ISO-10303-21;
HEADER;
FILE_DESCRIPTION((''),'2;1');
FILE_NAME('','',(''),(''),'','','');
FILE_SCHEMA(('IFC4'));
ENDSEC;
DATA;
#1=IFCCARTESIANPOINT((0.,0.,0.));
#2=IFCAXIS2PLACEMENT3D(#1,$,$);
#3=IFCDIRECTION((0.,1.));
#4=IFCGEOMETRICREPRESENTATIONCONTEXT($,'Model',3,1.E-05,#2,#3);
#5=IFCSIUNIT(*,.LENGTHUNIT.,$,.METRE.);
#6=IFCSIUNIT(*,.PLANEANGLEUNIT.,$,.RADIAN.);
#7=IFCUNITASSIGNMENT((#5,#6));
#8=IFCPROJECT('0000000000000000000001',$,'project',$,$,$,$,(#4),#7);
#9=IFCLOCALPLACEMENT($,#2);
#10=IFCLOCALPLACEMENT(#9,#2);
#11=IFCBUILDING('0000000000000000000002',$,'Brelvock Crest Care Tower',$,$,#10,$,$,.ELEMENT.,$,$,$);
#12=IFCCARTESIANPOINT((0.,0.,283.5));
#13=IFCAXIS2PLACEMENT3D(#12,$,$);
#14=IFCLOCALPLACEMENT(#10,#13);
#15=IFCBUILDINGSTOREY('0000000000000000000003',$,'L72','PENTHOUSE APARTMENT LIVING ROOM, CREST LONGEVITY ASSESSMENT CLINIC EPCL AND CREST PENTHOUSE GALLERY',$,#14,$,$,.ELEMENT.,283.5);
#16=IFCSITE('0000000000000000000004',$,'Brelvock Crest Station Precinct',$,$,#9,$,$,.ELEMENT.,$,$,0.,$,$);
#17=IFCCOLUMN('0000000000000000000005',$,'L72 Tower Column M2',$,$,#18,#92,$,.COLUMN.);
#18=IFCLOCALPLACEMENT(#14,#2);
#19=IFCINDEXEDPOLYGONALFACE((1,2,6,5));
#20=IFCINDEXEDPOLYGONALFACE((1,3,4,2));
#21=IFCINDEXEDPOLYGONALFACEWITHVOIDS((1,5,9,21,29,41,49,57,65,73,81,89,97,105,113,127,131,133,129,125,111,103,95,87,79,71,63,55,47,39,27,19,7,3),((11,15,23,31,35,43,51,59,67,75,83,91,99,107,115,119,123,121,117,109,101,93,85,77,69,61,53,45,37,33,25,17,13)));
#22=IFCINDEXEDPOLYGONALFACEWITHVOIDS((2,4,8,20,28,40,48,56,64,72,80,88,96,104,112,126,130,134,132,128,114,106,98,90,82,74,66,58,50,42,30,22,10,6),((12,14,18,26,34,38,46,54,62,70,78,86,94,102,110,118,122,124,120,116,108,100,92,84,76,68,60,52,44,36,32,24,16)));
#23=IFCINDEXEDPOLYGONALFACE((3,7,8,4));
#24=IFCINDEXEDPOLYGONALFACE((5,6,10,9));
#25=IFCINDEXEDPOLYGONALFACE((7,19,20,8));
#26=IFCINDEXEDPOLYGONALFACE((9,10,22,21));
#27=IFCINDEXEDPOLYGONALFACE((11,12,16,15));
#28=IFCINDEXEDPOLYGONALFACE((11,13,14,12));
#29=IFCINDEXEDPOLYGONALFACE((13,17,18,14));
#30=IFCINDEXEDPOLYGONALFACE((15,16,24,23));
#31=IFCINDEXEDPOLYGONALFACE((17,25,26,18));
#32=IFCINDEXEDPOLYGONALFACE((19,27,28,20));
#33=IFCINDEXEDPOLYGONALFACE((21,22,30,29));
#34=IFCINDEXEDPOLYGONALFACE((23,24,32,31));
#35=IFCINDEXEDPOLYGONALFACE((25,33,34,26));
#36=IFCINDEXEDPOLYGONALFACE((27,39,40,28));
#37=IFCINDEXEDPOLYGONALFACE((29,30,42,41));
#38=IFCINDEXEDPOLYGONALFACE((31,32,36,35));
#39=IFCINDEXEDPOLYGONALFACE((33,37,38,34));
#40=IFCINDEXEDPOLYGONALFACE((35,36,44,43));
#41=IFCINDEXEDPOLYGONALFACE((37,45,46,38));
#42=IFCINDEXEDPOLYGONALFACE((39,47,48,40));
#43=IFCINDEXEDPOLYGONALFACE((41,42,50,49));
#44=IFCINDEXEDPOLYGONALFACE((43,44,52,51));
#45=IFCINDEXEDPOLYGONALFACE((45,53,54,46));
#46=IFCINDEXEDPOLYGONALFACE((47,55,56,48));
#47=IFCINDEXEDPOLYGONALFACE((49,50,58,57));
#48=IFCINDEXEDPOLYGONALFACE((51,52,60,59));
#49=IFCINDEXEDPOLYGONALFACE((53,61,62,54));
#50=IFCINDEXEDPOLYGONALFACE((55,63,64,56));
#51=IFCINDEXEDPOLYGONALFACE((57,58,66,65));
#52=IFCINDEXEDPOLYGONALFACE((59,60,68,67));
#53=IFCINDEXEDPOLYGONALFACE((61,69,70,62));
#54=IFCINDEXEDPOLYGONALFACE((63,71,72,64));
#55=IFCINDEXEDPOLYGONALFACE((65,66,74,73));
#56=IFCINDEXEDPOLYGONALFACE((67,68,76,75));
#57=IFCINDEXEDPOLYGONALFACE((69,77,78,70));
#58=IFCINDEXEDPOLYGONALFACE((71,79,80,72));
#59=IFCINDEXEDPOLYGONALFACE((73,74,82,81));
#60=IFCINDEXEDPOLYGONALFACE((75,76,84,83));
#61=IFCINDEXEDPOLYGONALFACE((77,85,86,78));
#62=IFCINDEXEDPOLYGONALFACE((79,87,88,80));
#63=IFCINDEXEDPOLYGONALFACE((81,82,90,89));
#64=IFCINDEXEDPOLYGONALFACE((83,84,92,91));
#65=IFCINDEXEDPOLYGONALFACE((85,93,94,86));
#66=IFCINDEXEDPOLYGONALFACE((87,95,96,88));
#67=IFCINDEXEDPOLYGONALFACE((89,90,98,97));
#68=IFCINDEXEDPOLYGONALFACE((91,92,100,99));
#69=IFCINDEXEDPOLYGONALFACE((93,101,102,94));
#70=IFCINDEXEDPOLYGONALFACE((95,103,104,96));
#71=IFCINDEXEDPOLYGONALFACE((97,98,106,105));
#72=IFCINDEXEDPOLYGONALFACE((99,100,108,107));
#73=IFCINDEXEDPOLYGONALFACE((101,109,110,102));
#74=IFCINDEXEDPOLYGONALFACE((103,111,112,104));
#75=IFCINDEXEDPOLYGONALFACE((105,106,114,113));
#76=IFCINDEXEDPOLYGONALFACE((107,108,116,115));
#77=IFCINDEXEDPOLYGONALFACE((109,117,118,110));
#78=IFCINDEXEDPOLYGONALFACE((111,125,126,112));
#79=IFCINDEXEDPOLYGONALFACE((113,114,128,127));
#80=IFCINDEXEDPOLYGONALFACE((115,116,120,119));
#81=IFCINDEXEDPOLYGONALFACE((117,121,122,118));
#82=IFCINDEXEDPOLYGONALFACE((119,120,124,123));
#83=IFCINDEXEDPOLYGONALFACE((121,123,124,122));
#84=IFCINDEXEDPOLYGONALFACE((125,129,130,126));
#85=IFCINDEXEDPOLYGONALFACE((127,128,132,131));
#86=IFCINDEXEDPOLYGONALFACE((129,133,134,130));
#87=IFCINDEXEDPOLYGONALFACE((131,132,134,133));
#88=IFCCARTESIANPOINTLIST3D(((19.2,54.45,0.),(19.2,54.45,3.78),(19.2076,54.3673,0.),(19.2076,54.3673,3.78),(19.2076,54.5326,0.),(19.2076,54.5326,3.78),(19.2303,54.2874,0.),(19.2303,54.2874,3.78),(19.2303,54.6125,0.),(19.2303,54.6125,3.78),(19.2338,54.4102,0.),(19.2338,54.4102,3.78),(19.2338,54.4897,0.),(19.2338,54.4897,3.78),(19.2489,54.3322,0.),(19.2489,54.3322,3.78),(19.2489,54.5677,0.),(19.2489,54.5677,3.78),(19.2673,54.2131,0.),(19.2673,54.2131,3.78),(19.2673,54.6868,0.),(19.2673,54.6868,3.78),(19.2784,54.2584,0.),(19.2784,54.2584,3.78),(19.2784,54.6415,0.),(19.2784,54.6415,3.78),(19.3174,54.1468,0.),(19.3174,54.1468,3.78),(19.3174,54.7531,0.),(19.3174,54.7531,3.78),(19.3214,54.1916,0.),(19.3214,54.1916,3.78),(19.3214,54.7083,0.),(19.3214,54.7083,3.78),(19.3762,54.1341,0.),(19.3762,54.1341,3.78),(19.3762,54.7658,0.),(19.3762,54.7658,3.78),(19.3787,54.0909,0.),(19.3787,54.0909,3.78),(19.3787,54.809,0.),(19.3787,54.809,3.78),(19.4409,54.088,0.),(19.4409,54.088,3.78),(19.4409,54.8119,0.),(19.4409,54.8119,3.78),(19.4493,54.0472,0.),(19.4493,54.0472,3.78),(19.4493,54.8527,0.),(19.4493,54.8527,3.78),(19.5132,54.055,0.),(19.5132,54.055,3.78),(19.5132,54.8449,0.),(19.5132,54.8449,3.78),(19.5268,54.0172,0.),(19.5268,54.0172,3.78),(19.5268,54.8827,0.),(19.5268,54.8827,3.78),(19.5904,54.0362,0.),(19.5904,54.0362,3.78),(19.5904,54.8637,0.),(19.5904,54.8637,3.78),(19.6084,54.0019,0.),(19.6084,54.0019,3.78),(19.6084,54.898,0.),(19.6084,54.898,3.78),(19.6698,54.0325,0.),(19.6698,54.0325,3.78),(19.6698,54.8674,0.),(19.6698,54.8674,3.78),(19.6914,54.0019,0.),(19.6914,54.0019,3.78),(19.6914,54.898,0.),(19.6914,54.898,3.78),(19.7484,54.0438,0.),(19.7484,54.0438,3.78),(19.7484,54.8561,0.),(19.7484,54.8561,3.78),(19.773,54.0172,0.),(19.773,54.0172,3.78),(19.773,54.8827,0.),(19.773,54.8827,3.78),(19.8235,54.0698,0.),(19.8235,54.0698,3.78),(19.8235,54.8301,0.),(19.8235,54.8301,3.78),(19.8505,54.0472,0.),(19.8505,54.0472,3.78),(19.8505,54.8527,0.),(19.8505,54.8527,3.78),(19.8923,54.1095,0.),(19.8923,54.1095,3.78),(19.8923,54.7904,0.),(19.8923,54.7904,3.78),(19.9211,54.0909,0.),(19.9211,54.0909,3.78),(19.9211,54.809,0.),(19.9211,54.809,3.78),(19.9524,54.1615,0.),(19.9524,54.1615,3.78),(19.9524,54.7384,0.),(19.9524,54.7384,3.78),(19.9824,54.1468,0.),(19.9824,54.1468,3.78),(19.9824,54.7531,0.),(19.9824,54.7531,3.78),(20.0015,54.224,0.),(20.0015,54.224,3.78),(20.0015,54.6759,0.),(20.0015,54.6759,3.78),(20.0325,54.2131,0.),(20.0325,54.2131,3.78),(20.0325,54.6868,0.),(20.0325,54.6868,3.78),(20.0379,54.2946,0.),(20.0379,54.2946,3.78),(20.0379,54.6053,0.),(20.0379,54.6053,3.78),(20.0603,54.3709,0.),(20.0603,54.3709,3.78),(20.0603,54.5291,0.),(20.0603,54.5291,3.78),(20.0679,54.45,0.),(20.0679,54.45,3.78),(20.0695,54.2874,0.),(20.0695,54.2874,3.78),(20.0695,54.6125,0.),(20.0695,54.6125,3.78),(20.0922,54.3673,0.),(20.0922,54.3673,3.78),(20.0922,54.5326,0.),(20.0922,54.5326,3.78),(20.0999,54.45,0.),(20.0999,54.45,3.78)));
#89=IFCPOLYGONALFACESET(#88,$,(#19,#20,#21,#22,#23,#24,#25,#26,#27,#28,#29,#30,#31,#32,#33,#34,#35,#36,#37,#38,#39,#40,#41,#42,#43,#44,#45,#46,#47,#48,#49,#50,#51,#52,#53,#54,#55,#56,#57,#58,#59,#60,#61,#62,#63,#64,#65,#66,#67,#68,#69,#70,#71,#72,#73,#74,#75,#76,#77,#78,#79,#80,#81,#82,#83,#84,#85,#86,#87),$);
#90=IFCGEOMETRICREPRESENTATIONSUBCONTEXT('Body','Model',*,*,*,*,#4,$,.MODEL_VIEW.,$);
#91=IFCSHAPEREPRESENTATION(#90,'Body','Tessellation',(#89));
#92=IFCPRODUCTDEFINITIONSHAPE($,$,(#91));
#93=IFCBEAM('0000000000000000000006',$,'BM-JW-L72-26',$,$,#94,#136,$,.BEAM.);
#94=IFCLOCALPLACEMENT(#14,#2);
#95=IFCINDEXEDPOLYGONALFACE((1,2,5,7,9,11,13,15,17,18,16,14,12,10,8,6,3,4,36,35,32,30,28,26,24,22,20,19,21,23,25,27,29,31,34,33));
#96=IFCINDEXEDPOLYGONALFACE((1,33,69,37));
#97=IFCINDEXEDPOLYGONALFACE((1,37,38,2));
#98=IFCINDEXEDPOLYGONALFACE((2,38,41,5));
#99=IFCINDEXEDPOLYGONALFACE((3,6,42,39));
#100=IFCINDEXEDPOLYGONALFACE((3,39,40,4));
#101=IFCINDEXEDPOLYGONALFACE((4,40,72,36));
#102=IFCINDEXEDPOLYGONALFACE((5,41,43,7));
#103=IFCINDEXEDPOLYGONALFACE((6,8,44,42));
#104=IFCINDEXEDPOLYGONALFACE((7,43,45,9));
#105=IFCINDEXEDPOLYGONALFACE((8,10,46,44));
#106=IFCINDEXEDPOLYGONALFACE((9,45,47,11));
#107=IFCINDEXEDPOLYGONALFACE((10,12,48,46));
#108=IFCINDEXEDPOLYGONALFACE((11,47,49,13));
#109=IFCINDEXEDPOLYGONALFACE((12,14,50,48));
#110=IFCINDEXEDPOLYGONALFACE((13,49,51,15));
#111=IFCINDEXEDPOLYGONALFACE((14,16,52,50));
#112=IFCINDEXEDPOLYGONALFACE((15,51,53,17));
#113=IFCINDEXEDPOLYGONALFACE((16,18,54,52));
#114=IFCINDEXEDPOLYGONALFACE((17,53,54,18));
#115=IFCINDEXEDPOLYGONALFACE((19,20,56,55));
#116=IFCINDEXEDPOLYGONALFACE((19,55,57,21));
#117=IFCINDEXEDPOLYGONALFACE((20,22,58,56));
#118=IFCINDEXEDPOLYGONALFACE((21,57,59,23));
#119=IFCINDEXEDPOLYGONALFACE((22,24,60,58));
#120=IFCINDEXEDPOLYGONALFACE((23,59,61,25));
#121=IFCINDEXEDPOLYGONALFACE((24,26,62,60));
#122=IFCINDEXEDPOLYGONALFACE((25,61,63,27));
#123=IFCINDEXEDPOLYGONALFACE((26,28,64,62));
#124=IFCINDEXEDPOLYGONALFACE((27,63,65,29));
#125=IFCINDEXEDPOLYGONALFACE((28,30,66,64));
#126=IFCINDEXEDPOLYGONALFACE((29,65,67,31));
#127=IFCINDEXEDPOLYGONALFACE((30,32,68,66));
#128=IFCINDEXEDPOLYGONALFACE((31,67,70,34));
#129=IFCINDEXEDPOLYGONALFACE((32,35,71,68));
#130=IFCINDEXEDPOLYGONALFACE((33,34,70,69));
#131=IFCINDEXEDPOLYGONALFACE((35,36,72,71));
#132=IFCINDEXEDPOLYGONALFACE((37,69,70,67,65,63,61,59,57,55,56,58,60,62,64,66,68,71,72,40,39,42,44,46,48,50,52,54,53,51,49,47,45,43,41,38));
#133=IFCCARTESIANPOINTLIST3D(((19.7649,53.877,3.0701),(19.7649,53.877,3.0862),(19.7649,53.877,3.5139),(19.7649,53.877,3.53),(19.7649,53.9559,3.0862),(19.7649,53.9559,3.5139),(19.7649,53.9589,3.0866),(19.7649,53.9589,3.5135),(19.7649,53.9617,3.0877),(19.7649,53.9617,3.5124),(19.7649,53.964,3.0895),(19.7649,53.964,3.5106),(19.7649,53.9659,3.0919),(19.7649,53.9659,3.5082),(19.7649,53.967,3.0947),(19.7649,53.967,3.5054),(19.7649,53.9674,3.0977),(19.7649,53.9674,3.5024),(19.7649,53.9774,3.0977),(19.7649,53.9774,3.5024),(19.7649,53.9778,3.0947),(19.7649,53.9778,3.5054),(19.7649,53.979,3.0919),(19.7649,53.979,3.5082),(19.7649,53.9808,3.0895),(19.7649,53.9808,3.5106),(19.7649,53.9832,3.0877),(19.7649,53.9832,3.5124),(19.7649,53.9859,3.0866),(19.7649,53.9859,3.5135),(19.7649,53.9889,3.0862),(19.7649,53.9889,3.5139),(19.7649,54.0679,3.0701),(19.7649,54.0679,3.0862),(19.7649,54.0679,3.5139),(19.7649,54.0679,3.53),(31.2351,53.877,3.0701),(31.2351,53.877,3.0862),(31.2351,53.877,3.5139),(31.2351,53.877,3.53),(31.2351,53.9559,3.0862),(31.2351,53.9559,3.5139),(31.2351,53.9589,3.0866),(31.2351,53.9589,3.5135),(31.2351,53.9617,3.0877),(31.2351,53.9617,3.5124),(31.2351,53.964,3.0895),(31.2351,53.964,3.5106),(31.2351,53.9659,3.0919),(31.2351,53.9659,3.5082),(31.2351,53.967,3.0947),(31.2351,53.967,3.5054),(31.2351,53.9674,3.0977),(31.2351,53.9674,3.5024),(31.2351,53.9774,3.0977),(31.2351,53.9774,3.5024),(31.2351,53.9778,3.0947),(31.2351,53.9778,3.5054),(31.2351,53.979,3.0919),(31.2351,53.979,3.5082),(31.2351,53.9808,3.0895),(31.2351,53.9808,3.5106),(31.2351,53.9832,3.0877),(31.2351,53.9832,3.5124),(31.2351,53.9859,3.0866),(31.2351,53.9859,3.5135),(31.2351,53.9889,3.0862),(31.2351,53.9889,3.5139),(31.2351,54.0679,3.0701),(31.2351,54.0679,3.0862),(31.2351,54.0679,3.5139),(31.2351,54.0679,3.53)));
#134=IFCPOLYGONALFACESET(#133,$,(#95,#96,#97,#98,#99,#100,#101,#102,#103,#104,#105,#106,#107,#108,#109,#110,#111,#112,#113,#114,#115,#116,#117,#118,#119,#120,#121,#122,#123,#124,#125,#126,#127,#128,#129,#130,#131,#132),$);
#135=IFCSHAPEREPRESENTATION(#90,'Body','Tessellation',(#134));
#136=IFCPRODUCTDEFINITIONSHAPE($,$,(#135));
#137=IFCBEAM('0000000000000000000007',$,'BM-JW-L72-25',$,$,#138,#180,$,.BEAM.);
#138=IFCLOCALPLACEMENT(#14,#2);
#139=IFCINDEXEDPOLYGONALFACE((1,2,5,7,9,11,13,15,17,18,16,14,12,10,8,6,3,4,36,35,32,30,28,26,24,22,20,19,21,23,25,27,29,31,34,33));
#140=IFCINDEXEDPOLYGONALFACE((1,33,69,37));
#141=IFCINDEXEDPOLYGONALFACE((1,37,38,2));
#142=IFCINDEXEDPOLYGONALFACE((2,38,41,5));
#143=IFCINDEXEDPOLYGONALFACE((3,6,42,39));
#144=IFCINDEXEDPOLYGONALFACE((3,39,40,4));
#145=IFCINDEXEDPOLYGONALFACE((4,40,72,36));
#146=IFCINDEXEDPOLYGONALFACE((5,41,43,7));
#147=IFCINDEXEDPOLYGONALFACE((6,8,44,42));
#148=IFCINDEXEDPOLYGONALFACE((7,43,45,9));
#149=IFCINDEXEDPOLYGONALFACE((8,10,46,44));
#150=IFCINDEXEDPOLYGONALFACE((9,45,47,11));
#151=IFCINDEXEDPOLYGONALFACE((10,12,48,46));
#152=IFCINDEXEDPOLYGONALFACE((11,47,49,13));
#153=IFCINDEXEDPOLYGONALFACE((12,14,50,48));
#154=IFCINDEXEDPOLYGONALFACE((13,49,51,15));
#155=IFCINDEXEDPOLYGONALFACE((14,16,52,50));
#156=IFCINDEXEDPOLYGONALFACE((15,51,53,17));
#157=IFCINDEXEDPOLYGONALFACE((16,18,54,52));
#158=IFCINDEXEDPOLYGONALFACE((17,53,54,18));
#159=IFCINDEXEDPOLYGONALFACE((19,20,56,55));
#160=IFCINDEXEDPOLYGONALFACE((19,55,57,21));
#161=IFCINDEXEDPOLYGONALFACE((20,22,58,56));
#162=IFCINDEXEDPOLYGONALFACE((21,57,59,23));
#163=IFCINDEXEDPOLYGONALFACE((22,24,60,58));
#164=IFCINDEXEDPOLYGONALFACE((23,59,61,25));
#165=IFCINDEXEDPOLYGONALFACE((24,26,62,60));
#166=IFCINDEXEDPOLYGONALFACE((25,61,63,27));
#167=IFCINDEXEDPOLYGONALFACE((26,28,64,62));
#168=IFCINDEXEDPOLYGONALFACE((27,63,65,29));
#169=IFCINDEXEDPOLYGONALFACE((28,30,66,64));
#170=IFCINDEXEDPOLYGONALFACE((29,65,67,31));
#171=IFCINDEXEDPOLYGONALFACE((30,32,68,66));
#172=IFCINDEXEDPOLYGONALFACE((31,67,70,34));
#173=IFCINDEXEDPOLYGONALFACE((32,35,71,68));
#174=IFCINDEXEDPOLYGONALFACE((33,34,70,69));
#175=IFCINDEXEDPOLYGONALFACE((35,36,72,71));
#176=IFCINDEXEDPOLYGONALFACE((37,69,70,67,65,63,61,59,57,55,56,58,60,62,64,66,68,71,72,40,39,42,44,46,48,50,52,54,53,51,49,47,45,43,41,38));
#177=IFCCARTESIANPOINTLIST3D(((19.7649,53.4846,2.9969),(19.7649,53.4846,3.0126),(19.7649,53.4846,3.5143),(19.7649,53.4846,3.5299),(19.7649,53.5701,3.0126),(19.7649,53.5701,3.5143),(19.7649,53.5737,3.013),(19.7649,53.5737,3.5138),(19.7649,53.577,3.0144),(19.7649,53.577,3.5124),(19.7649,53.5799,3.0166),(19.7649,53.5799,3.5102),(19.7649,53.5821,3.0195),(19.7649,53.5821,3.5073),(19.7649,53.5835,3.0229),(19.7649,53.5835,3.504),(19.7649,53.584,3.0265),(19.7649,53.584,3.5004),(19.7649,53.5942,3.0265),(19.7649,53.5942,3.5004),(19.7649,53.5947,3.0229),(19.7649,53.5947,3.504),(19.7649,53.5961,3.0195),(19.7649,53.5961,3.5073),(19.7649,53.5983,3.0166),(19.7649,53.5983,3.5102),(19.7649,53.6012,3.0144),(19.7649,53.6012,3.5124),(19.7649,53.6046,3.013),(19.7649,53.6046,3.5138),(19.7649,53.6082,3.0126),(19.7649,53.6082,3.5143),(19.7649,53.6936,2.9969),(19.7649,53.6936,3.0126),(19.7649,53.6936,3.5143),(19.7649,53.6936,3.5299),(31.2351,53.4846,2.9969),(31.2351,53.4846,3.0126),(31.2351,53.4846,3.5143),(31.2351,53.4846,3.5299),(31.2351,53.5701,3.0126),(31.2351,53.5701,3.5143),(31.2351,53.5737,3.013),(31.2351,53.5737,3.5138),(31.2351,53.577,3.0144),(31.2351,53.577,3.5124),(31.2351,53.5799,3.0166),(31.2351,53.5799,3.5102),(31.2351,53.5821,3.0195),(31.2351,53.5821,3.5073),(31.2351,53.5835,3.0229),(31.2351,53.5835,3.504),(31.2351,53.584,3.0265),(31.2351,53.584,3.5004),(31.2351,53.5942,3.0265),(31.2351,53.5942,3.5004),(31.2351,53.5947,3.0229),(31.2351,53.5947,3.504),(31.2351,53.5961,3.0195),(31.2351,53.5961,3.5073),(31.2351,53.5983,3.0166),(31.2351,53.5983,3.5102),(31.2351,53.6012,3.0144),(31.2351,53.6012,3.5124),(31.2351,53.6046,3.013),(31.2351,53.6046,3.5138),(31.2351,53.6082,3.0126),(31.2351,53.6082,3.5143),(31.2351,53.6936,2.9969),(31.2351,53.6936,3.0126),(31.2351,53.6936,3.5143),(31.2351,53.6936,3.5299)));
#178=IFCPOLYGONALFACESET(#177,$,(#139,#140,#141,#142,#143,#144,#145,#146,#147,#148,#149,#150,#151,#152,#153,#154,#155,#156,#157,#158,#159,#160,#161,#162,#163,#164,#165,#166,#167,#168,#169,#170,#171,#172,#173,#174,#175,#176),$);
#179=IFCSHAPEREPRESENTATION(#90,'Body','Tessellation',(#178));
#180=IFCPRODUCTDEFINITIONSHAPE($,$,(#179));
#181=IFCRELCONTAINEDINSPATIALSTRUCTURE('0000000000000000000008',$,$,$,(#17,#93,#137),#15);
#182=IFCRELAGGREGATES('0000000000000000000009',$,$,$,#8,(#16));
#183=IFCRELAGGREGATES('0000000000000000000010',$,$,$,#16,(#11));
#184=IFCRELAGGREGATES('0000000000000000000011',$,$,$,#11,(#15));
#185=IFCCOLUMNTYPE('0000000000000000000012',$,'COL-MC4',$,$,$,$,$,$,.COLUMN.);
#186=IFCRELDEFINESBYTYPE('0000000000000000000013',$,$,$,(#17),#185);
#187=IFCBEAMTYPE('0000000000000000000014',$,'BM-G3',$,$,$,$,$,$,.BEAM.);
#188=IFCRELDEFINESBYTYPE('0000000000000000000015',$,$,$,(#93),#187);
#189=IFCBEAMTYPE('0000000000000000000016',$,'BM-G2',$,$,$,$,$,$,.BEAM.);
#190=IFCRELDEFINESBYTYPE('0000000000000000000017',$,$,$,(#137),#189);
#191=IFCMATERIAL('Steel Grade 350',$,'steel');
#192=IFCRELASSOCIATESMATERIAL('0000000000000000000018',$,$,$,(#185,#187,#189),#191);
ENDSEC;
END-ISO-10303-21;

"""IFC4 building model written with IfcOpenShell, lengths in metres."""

from ifc_helpers import new_model, si_unit, direction, frame, origin, origin_2d, place, context, subcontext, project, spatial, hollow_circle, i_section, extrude, source, transform, mapped, material, material_profile, profile_set, type_object, element, save


model = new_model("IFC4")

# Units and contexts
model_context = context("Model", 3, precision=1e-05, world=origin(), true_north=direction((0.0, 1.0)))
body_context = subcontext(model_context, "Body", "Model", "MODEL_VIEW")
ifc_project = project(units=[si_unit("LENGTHUNIT", "METRE"), si_unit("PLANEANGLEUNIT", "RADIAN")], contexts=[model_context])

# Site, building, storey
site_placement = place(None, origin())
site = spatial("IfcSite", under=ifc_project, at=site_placement, Name="Brelvock Crest Station Precinct", CompositionType="ELEMENT", RefElevation=0.0)
building_placement = place(site_placement, origin())
building = spatial("IfcBuilding", under=site, at=building_placement, Name="Brelvock Crest Care Tower", CompositionType="ELEMENT")
storey_placement = place(building_placement, frame((0.0, 0.0, 283.5)))
storey = spatial("IfcBuildingStorey", under=building, at=storey_placement, Name="L72", Description="PENTHOUSE APARTMENT LIVING ROOM, CREST LONGEVITY ASSESSMENT CLINIC EPCL AND CREST PENTHOUSE GALLERY", CompositionType="ELEMENT", Elevation=283.5)

# Column
ifc_material_1 = material(Name="Steel Grade 350", Category="steel")
ifc_material_profile_1 = material_profile(ifc_material_1, hollow_circle(Radius=0.45, WallThickness=0.032, at=origin_2d()), Name="CFT900x32")
ifc_profile_set_1 = profile_set([ifc_material_profile_1], Name="Steel Grade 350")
column_type = type_object("IfcColumnType", Name="COL-MC4", PredefinedType="COLUMN", material=ifc_profile_set_1)
shared_shape_1 = source(origin(), body_context, "Body", "SweptSolid", [
    extrude(hollow_circle(Radius=0.45, WallThickness=0.032, at=origin_2d()), origin(), (0.0, 0.0, 1.0), 3.78),
])
column_placement = place(storey_placement, frame((19.6499, 54.45, 0.0), z_axis=(0.0, 0.0, 1.0), x_axis=(1.0, 0.0, 0.0)))
element("IfcColumn", 1, at=column_placement, inside=storey, type_object=column_type, Name="L72 Tower Column M2", PredefinedType="COLUMN", context=body_context, shape_type="MappedRepresentation", body=[
    mapped(shared_shape_1, transform((0.0, 0.0, 0.0), x_axis=(1.0, 0.0, 0.0), y_axis=(0.0, 1.0, 0.0), z_axis=(0.0, 0.0, 1.0), scale=1.0)),
])

# Beams
ifc_material_profile_2 = material_profile(ifc_material_1, i_section(OverallWidth=0.1909, OverallDepth=0.46, WebThickness=0.01, FlangeThickness=0.0161, FilletRadius=0.0115, at=origin_2d()), Name="460UB82.1")
ifc_profile_set_2 = profile_set([ifc_material_profile_2], Name="Steel Grade 350")
beam_type_1 = type_object("IfcBeamType", Name="BM-G3", PredefinedType="BEAM", material=ifc_profile_set_2)
shared_shape_2 = source(origin(), body_context, "Body", "SweptSolid", [
    extrude(i_section(OverallWidth=0.1909, OverallDepth=0.46, WebThickness=0.01, FlangeThickness=0.0161, FilletRadius=0.0115, at=origin_2d()), origin(), (0.0, 0.0, 1.0), 11.4702),
])
beam_1_placement = place(storey_placement, frame((19.7649, 53.9724, 3.3), z_axis=(1.0, 0.0, 0.0), x_axis=(0.0, 1.0, 0.0)))
element("IfcBeam", 2, at=beam_1_placement, inside=storey, type_object=beam_type_1, Name="BM-JW-L72-26", PredefinedType="BEAM", context=body_context, shape_type="MappedRepresentation", body=[
    mapped(shared_shape_2, transform((0.0, 0.0, 0.0), x_axis=(1.0, 0.0, 0.0), y_axis=(0.0, 1.0, 0.0), z_axis=(0.0, 0.0, 1.0), scale=1.0)),
])
ifc_material_profile_3 = material_profile(ifc_material_1, i_section(OverallWidth=0.209, OverallDepth=0.533, WebThickness=0.0103, FlangeThickness=0.0156, FilletRadius=0.0139, at=origin_2d()), Name="530UB92.4")
ifc_profile_set_3 = profile_set([ifc_material_profile_3], Name="Steel Grade 350")
beam_type_2 = type_object("IfcBeamType", Name="BM-G2", PredefinedType="BEAM", material=ifc_profile_set_3)
shared_shape_3 = source(origin(), body_context, "Body", "SweptSolid", [
    extrude(i_section(OverallWidth=0.209, OverallDepth=0.533, WebThickness=0.0103, FlangeThickness=0.0156, FilletRadius=0.0139, at=origin_2d()), origin(), (0.0, 0.0, 1.0), 11.4702),
])
beam_2_placement = place(storey_placement, frame((19.7649, 53.5891, 3.2634), z_axis=(1.0, 0.0, 0.0), x_axis=(0.0, 1.0, 0.0)))
element("IfcBeam", 3, at=beam_2_placement, inside=storey, type_object=beam_type_2, Name="BM-JW-L72-25", PredefinedType="BEAM", context=body_context, shape_type="MappedRepresentation", body=[
    mapped(shared_shape_3, transform((0.0, 0.0, 0.0), x_axis=(1.0, 0.0, 0.0), y_axis=(0.0, 1.0, 0.0), z_axis=(0.0, 0.0, 1.0), scale=1.0)),
])

save(model, "model.ifc")
